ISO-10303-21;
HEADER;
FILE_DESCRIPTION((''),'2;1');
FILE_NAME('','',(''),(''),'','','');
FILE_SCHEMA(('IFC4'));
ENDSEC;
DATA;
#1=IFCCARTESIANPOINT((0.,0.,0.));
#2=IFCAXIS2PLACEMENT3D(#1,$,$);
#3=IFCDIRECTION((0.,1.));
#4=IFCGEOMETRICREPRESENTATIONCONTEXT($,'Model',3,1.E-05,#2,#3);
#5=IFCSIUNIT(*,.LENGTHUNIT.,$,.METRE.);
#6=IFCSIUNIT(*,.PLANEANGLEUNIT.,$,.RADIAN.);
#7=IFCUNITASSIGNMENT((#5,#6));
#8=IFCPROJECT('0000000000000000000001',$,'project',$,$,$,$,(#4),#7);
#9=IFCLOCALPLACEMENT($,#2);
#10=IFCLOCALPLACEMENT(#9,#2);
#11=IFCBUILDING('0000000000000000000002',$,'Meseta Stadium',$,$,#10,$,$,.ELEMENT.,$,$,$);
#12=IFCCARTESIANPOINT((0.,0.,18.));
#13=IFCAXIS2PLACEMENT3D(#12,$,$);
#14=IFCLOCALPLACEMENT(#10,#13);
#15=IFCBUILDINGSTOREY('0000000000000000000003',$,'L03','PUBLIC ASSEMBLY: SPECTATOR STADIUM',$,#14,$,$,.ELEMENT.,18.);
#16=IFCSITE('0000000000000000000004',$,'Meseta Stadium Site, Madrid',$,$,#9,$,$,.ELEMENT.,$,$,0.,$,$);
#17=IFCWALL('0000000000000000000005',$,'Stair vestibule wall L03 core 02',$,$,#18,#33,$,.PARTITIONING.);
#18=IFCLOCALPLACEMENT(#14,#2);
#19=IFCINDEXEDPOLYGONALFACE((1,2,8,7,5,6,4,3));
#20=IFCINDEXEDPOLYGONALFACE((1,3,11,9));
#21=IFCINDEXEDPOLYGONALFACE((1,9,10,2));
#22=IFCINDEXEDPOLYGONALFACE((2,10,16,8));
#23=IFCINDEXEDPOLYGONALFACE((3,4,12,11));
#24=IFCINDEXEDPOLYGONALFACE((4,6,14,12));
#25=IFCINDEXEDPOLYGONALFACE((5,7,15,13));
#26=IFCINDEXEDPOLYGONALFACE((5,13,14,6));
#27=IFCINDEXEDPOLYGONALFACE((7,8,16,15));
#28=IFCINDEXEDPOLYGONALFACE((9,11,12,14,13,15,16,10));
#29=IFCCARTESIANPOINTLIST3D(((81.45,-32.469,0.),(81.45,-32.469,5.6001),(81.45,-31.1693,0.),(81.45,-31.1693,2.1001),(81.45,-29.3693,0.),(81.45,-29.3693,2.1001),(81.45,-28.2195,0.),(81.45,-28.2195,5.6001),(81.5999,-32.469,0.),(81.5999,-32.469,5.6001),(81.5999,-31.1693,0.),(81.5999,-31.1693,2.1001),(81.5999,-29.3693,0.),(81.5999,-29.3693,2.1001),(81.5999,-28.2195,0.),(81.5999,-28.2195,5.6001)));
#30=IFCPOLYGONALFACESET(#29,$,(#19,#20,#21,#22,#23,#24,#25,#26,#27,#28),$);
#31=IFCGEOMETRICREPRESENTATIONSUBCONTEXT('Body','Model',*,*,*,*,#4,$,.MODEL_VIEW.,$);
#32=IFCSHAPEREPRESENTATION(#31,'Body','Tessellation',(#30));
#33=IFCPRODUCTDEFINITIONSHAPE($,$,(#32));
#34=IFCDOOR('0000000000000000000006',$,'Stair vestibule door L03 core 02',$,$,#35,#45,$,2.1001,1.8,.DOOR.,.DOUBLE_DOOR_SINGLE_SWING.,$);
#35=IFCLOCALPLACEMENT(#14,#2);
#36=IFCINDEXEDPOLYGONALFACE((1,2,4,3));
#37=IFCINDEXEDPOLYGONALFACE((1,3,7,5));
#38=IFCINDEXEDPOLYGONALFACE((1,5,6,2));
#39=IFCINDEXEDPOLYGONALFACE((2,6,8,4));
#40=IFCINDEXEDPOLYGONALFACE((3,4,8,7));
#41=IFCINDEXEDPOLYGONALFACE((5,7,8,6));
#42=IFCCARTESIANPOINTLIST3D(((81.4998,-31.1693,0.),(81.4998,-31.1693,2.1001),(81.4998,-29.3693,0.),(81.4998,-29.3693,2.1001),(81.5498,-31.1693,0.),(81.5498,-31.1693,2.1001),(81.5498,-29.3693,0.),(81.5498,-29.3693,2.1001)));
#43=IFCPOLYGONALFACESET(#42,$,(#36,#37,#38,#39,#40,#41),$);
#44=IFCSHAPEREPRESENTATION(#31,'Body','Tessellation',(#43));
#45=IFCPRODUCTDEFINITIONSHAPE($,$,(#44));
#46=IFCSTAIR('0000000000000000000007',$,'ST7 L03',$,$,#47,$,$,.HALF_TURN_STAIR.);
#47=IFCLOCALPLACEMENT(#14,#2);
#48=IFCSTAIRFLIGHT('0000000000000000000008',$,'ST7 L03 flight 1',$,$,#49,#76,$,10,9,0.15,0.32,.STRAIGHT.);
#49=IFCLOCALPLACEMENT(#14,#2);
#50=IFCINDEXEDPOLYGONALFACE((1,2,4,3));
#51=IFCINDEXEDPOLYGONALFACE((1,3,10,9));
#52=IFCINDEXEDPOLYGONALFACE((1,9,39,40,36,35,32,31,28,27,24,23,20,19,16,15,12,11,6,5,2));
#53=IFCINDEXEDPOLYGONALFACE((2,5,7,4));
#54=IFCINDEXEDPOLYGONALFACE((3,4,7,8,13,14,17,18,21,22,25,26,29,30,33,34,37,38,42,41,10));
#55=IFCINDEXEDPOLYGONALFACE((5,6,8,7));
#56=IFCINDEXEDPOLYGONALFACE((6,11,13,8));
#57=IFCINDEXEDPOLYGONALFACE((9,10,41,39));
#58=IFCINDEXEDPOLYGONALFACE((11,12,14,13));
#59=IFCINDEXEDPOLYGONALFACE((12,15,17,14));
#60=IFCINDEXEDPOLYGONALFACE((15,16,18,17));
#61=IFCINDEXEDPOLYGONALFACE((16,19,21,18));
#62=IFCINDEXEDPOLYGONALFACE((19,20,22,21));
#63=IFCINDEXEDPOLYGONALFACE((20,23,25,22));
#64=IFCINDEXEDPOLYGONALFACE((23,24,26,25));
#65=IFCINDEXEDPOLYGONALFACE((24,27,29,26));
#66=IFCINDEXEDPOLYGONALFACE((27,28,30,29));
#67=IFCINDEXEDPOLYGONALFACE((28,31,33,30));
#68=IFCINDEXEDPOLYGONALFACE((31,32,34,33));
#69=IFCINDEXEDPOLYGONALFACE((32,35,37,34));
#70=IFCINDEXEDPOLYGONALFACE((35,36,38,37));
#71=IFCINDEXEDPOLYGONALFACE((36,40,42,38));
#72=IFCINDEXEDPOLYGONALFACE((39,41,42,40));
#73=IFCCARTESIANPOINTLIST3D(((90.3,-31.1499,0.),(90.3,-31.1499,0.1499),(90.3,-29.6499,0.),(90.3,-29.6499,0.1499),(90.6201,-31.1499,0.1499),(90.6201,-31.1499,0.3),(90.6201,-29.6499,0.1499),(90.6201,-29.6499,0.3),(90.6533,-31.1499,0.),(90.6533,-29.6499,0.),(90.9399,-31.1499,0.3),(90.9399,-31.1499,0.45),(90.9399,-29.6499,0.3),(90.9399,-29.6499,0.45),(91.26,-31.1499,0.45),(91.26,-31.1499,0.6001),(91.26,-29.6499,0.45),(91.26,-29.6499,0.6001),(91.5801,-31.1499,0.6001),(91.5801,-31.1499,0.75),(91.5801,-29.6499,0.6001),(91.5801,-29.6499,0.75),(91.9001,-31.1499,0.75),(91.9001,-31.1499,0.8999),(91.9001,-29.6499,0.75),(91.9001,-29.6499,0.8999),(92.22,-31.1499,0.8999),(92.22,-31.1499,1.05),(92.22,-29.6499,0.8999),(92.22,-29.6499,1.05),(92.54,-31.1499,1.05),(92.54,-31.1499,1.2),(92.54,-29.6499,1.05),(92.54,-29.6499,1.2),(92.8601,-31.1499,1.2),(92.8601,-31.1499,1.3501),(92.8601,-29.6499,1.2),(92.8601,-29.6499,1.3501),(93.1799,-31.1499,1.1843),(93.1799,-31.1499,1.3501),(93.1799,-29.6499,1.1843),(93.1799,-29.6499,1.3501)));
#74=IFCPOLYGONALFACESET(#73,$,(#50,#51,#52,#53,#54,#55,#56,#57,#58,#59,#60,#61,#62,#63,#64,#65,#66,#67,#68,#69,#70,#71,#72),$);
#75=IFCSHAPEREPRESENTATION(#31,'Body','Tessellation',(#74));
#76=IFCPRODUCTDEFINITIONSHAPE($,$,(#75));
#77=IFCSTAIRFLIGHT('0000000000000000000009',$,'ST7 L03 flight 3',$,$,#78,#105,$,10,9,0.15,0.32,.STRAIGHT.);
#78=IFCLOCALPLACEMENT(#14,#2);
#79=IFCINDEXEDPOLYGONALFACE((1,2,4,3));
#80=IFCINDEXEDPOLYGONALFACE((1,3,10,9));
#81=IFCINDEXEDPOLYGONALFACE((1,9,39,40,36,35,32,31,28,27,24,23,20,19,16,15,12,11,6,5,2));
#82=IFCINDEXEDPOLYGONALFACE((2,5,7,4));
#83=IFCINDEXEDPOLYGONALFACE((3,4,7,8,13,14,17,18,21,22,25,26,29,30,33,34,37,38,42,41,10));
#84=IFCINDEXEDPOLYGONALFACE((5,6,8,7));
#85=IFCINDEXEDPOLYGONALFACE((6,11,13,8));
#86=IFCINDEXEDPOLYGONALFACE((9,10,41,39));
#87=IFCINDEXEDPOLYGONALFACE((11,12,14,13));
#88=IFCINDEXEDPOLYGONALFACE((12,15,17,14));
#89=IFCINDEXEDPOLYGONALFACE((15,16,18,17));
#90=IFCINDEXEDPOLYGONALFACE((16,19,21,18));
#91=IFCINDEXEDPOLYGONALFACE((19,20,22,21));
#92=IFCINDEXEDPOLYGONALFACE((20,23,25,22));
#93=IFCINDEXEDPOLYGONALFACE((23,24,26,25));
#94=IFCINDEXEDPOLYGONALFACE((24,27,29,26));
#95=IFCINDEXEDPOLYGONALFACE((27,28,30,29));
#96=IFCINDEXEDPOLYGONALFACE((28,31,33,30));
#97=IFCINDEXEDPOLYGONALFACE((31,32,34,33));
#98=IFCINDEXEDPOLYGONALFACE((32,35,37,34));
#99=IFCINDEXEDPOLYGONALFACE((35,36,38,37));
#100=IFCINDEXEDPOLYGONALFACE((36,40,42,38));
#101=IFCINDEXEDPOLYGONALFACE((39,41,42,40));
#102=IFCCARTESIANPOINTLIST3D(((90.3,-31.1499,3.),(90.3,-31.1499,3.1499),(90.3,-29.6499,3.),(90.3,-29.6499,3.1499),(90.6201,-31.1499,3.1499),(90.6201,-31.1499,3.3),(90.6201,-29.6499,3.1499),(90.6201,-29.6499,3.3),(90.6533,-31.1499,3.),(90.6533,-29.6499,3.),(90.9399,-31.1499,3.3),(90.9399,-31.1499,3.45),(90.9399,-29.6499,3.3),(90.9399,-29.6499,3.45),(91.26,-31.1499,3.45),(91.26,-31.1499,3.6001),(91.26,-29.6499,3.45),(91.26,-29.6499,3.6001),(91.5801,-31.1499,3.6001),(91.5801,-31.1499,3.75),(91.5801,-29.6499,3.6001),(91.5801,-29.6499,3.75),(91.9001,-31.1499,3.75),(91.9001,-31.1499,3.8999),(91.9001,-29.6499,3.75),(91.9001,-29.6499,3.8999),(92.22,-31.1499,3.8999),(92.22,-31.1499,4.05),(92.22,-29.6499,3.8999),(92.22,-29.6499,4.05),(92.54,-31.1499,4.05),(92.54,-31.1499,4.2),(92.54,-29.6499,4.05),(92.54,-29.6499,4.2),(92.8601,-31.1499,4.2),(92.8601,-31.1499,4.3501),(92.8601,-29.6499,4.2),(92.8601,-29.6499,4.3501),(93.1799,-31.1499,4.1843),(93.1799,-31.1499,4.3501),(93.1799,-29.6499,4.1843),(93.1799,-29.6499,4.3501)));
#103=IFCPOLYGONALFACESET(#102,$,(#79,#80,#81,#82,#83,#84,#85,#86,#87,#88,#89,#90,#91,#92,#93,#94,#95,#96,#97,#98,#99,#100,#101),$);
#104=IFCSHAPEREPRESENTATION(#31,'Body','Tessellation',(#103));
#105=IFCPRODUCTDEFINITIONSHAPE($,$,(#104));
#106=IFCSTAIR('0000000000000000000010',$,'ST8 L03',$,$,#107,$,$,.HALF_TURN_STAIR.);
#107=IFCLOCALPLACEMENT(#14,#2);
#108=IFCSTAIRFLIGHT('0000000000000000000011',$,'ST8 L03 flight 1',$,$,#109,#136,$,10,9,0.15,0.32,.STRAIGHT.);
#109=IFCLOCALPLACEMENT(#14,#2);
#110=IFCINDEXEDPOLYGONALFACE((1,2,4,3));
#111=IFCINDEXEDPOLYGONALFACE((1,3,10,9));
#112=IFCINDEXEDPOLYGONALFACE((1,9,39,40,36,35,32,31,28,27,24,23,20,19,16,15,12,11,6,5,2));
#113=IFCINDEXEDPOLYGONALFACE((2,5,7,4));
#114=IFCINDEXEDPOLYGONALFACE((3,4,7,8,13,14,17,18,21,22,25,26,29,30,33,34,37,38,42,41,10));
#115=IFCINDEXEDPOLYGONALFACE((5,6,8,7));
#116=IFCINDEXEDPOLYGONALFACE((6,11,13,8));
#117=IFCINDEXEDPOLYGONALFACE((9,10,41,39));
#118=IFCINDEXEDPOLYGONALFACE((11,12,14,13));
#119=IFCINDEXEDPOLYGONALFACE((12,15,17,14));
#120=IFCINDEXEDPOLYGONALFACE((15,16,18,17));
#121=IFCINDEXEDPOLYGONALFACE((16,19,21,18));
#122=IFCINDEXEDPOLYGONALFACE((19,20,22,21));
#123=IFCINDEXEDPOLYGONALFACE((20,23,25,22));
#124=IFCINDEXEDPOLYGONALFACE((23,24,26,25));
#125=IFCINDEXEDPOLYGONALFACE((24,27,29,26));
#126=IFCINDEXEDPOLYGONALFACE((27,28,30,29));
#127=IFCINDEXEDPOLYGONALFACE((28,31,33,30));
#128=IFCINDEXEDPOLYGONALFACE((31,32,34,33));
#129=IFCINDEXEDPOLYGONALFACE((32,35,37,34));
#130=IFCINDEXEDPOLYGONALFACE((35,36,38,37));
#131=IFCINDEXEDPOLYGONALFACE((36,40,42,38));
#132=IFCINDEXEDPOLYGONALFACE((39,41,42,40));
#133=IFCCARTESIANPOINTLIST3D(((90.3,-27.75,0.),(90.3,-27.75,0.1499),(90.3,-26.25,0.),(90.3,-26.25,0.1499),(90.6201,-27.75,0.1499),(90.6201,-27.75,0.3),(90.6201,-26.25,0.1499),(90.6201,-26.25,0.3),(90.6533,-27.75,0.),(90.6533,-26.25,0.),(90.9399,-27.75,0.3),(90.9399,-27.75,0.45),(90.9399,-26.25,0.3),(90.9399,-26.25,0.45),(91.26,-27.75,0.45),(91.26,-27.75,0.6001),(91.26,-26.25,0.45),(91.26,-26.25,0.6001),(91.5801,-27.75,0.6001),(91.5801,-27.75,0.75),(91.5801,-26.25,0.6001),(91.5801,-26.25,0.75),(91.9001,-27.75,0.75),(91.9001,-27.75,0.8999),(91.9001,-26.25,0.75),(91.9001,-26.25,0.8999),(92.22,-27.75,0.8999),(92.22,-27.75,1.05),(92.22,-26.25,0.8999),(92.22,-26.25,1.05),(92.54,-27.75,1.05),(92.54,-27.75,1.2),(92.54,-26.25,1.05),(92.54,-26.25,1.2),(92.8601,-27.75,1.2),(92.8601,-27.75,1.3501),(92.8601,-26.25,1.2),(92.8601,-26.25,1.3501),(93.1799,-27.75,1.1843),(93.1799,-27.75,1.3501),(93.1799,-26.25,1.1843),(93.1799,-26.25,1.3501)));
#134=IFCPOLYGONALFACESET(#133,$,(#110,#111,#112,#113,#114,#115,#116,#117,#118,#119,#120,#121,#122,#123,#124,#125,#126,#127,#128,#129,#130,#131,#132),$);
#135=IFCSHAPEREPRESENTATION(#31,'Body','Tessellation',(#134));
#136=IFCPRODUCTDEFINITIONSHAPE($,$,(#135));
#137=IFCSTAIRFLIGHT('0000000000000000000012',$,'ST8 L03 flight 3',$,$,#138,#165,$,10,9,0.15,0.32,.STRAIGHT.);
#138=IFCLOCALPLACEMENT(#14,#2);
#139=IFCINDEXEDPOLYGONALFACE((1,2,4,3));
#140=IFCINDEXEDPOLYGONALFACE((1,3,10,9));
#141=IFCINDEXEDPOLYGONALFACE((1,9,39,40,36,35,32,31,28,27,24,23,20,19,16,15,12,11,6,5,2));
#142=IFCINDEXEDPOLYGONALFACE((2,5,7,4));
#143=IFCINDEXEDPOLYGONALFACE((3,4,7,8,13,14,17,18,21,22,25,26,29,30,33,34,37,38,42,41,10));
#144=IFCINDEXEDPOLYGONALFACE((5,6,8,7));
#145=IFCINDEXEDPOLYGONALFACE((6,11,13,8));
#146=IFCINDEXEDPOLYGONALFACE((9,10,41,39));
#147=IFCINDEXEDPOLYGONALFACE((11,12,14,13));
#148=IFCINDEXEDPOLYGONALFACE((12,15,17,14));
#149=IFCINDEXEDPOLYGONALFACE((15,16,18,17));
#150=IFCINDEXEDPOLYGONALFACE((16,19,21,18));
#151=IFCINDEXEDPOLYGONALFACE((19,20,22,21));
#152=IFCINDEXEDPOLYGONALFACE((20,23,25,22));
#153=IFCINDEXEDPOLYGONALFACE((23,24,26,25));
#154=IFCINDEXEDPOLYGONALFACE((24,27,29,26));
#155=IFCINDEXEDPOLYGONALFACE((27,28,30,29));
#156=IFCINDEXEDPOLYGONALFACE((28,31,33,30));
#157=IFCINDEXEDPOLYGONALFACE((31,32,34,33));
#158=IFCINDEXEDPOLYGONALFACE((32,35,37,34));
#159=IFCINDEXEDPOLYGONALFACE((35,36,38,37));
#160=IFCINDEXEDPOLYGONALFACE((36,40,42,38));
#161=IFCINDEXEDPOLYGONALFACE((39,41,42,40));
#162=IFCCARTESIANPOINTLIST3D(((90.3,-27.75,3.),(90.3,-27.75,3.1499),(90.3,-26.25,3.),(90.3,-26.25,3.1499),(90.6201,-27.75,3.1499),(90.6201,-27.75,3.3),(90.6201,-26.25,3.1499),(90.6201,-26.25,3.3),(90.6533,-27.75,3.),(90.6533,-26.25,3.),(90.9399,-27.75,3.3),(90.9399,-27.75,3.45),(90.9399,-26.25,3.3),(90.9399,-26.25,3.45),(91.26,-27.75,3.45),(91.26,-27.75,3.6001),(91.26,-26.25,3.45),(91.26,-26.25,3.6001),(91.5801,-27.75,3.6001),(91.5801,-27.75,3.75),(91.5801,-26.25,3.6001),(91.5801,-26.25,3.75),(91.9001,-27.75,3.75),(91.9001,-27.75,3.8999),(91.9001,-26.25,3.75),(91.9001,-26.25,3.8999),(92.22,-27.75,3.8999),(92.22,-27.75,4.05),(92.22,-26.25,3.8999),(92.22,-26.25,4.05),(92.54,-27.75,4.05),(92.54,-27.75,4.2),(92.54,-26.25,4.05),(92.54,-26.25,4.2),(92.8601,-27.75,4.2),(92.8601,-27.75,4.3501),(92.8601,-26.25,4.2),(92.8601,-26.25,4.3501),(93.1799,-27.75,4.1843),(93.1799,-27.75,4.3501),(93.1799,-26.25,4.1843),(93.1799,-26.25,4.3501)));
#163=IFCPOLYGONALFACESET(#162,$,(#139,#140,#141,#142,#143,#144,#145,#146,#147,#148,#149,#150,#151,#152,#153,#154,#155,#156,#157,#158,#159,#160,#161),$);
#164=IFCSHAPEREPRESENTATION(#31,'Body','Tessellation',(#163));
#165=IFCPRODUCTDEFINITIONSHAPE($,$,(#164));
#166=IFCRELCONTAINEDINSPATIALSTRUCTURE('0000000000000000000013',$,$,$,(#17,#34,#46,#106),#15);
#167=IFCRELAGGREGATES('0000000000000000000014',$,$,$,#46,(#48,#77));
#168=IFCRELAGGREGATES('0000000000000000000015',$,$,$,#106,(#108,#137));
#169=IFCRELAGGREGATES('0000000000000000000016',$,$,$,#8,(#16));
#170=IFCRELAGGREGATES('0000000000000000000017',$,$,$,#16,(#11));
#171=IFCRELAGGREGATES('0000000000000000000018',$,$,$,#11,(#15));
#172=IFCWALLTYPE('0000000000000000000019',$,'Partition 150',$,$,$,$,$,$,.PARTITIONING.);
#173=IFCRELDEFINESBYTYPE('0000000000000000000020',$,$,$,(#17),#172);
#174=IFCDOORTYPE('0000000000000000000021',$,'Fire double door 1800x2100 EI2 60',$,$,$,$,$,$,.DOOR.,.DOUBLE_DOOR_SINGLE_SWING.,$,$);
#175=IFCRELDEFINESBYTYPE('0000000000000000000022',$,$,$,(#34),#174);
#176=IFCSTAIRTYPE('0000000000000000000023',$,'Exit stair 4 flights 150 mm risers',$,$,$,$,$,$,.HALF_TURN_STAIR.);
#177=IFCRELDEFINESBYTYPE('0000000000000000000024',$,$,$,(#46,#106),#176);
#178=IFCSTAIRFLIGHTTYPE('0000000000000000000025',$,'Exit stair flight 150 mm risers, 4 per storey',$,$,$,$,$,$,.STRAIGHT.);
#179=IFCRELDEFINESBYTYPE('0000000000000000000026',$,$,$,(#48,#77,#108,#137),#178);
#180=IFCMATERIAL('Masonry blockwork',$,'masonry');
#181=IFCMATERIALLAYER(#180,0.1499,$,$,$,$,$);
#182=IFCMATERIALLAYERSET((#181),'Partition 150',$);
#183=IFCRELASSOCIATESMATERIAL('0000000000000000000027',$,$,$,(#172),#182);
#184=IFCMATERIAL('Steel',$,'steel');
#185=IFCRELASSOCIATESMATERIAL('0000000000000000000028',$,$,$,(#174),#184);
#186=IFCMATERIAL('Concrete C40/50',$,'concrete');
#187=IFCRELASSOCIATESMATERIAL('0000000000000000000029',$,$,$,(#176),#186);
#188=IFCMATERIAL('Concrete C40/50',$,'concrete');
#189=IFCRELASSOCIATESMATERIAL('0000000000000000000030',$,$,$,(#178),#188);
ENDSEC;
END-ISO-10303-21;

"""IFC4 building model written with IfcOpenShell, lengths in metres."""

from ifc_helpers import new_model, si_unit, direction, frame, frame_2d, origin, place, context, subcontext, project, spatial, polyline, rectangle, outline, extrude, material, layer, layer_set, type_object, element, fill, aggregate, save


model = new_model("IFC4")

# Units and contexts
model_context = context("Model", 3, precision=1e-05, world=origin(), true_north=direction((0.0, 1.0)))
body_context = subcontext(model_context, "Body", "Model", "MODEL_VIEW")
ifc_project = project(units=[si_unit("LENGTHUNIT", "METRE"), si_unit("PLANEANGLEUNIT", "RADIAN")], contexts=[model_context])

# Site, building, storey
site_placement = place(None, origin())
site = spatial("IfcSite", under=ifc_project, at=site_placement, Name="Meseta Stadium Site, Madrid", CompositionType="ELEMENT", RefElevation=0.0)
building_placement = place(site_placement, origin())
building = spatial("IfcBuilding", under=site, at=building_placement, Name="Meseta Stadium", CompositionType="ELEMENT")
storey_placement = place(building_placement, frame((0.0, 0.0, 18.0)))
storey = spatial("IfcBuildingStorey", under=building, at=storey_placement, Name="L03", Description="PUBLIC ASSEMBLY: SPECTATOR STADIUM", CompositionType="ELEMENT", Elevation=18.0)

# Shared definitions
ifc_material_1 = material(Name="Masonry blockwork", Category="masonry")
ifc_layer_1 = layer(ifc_material_1, 0.1499)
ifc_layer_set_1 = layer_set([ifc_layer_1], Name="Partition 150")
wall_type_1 = type_object("IfcWallType", Name="Partition 150", PredefinedType="PARTITIONING", material=ifc_layer_set_1)

# Wall, opening, door
wall_1_placement = place(storey_placement, frame((81.5249, -28.2195, 0.0), z_axis=(0.0, 0.0, 1.0), x_axis=(0.0, -1.0, 0.0)))
wall_1 = element("IfcWall", 1, at=wall_1_placement, inside=storey, type_object=wall_type_1, Name="Stair vestibule wall L03 core 02", PredefinedType="PARTITIONING", context=body_context, shape_type="SweptSolid", body=[
    extrude(rectangle(XDim=4.2495, YDim=0.1499, at=frame_2d((2.1248, 0.0))), origin(), (0.0, 0.0, 1.0), 5.6001),
])
opening_1_placement = place(wall_1_placement, frame((1.1499, 0.0, 0.0)))
opening_1 = element("IfcOpeningElement", 2, at=opening_1_placement, cuts=wall_1, PredefinedType="OPENING", context=body_context, shape_type="SweptSolid", body=[
    extrude(rectangle(XDim=1.8, YDim=2.1001, at=frame_2d((0.8999, 1.05))), frame((0.0, 0.085, 0.0), z_axis=(0.0, -1.0, 0.0), x_axis=(1.0, 0.0, 0.0)), (0.0, 0.0, 1.0), 0.1699),
])
ifc_material_2 = material(Name="Steel", Category="steel")
door_type_1 = type_object("IfcDoorType", Name="Fire double door 1800x2100 EI2 60", OperationType="DOUBLE_DOOR_SINGLE_SWING", PredefinedType="DOOR", material=ifc_material_2)
door_1_placement = place(opening_1_placement, origin())
door_1 = element("IfcDoor", 3, at=door_1_placement, inside=storey, type_object=door_type_1, Name="Stair vestibule door L03 core 02", OperationType="DOUBLE_DOOR_SINGLE_SWING", OverallHeight=2.1001, OverallWidth=1.8, PredefinedType="DOOR", context=body_context, shape_type="SweptSolid", body=[
    extrude(rectangle(XDim=1.8, YDim=2.1001, at=frame_2d((0.8999, 1.05))), frame((0.0, 0.0249, 0.0), z_axis=(0.0, -1.0, 0.0), x_axis=(1.0, 0.0, 0.0)), (0.0, 0.0, 1.0), 0.05),
])
fill(opening_1, door_1)

# Stairs, stair flights
ifc_material_3 = material(Name="Concrete C40/50", Category="concrete")
stair_type = type_object("IfcStairType", Name="Exit stair 4 flights 150 mm risers", PredefinedType="HALF_TURN_STAIR", material=ifc_material_3)
stair_1_placement = place(storey_placement, origin())
stair_1 = element("IfcStair", 4, at=stair_1_placement, inside=storey, type_object=stair_type, Name="ST7 L03", PredefinedType="HALF_TURN_STAIR")
ifc_material_4 = material(Name="Concrete C40/50", Category="concrete")
stair_flight_type = type_object("IfcStairFlightType", Name="Exit stair flight 150 mm risers, 4 per storey", PredefinedType="STRAIGHT", material=ifc_material_4)
stair_flight_1_placement = place(storey_placement, frame((90.3, -30.3999, 0.0), z_axis=(0.0, 0.0, 1.0), x_axis=(1.0, 0.0, 0.0)))
stair_flight_1 = element("IfcStairFlight", 5, at=stair_flight_1_placement, type_object=stair_flight_type, Name="ST7 L03 flight 1", NumberOfRisers=10, NumberOfTreads=9, PredefinedType="STRAIGHT", RiserHeight=0.15, TreadLength=0.32, context=body_context, shape_type="SweptSolid", body=[
    extrude(outline(polyline([(0.0, 0.0), (0.0, 0.1499), (0.3201, 0.1499), (0.3201, 0.3), (0.6399, 0.3), (0.6399, 0.45), (0.96, 0.45), (0.96, 0.6001), (1.28, 0.6001), (1.28, 0.75), (1.6001, 0.75), (1.6001, 0.8999), (1.9199, 0.8999), (1.9199, 1.05), (2.24, 1.05), (2.24, 1.2), (2.5601, 1.2), (2.5601, 1.3501), (2.8799, 1.3501), (2.8799, 1.1843), (0.3533, 0.0), (0.0, 0.0)])), frame((0.0, 0.75, 0.0), z_axis=(0.0, -1.0, 0.0), x_axis=(1.0, 0.0, 0.0)), (0.0, 0.0, 1.0), 1.5),
])
stair_flight_2_placement = place(storey_placement, frame((90.3, -30.3999, 3.0), z_axis=(0.0, 0.0, 1.0), x_axis=(1.0, 0.0, 0.0)))
stair_flight_2 = element("IfcStairFlight", 6, at=stair_flight_2_placement, type_object=stair_flight_type, Name="ST7 L03 flight 3", NumberOfRisers=10, NumberOfTreads=9, PredefinedType="STRAIGHT", RiserHeight=0.15, TreadLength=0.32, context=body_context, shape_type="SweptSolid", body=[
    extrude(outline(polyline([(0.0, 0.0), (0.0, 0.1499), (0.3201, 0.1499), (0.3201, 0.3), (0.6399, 0.3), (0.6399, 0.45), (0.96, 0.45), (0.96, 0.6001), (1.28, 0.6001), (1.28, 0.75), (1.6001, 0.75), (1.6001, 0.8999), (1.9199, 0.8999), (1.9199, 1.05), (2.24, 1.05), (2.24, 1.2), (2.5601, 1.2), (2.5601, 1.3501), (2.8799, 1.3501), (2.8799, 1.1843), (0.3533, 0.0), (0.0, 0.0)])), frame((0.0, 0.75, 0.0), z_axis=(0.0, -1.0, 0.0), x_axis=(1.0, 0.0, 0.0)), (0.0, 0.0, 1.0), 1.5),
])
aggregate(stair_1, [stair_flight_1, stair_flight_2])
stair_2_placement = place(storey_placement, origin())
stair_2 = element("IfcStair", 7, at=stair_2_placement, inside=storey, type_object=stair_type, Name="ST8 L03", PredefinedType="HALF_TURN_STAIR")
stair_flight_3_placement = place(storey_placement, frame((90.3, -27.0, 0.0), z_axis=(0.0, 0.0, 1.0), x_axis=(1.0, 0.0, 0.0)))
stair_flight_3 = element("IfcStairFlight", 8, at=stair_flight_3_placement, type_object=stair_flight_type, Name="ST8 L03 flight 1", NumberOfRisers=10, NumberOfTreads=9, PredefinedType="STRAIGHT", RiserHeight=0.15, TreadLength=0.32, context=body_context, shape_type="SweptSolid", body=[
    extrude(outline(polyline([(0.0, 0.0), (0.0, 0.1499), (0.3201, 0.1499), (0.3201, 0.3), (0.6399, 0.3), (0.6399, 0.45), (0.96, 0.45), (0.96, 0.6001), (1.28, 0.6001), (1.28, 0.75), (1.6001, 0.75), (1.6001, 0.8999), (1.9199, 0.8999), (1.9199, 1.05), (2.24, 1.05), (2.24, 1.2), (2.5601, 1.2), (2.5601, 1.3501), (2.8799, 1.3501), (2.8799, 1.1843), (0.3533, 0.0), (0.0, 0.0)])), frame((0.0, 0.75, 0.0), z_axis=(0.0, -1.0, 0.0), x_axis=(1.0, 0.0, 0.0)), (0.0, 0.0, 1.0), 1.5),
])
stair_flight_4_placement = place(storey_placement, frame((90.3, -27.0, 3.0), z_axis=(0.0, 0.0, 1.0), x_axis=(1.0, 0.0, 0.0)))
stair_flight_4 = element("IfcStairFlight", 9, at=stair_flight_4_placement, type_object=stair_flight_type, Name="ST8 L03 flight 3", NumberOfRisers=10, NumberOfTreads=9, PredefinedType="STRAIGHT", RiserHeight=0.15, TreadLength=0.32, context=body_context, shape_type="SweptSolid", body=[
    extrude(outline(polyline([(0.0, 0.0), (0.0, 0.1499), (0.3201, 0.1499), (0.3201, 0.3), (0.6399, 0.3), (0.6399, 0.45), (0.96, 0.45), (0.96, 0.6001), (1.28, 0.6001), (1.28, 0.75), (1.6001, 0.75), (1.6001, 0.8999), (1.9199, 0.8999), (1.9199, 1.05), (2.24, 1.05), (2.24, 1.2), (2.5601, 1.2), (2.5601, 1.3501), (2.8799, 1.3501), (2.8799, 1.1843), (0.3533, 0.0), (0.0, 0.0)])), frame((0.0, 0.75, 0.0), z_axis=(0.0, -1.0, 0.0), x_axis=(1.0, 0.0, 0.0)), (0.0, 0.0, 1.0), 1.5),
])
aggregate(stair_2, [stair_flight_3, stair_flight_4])

save(model, "model.ifc")
